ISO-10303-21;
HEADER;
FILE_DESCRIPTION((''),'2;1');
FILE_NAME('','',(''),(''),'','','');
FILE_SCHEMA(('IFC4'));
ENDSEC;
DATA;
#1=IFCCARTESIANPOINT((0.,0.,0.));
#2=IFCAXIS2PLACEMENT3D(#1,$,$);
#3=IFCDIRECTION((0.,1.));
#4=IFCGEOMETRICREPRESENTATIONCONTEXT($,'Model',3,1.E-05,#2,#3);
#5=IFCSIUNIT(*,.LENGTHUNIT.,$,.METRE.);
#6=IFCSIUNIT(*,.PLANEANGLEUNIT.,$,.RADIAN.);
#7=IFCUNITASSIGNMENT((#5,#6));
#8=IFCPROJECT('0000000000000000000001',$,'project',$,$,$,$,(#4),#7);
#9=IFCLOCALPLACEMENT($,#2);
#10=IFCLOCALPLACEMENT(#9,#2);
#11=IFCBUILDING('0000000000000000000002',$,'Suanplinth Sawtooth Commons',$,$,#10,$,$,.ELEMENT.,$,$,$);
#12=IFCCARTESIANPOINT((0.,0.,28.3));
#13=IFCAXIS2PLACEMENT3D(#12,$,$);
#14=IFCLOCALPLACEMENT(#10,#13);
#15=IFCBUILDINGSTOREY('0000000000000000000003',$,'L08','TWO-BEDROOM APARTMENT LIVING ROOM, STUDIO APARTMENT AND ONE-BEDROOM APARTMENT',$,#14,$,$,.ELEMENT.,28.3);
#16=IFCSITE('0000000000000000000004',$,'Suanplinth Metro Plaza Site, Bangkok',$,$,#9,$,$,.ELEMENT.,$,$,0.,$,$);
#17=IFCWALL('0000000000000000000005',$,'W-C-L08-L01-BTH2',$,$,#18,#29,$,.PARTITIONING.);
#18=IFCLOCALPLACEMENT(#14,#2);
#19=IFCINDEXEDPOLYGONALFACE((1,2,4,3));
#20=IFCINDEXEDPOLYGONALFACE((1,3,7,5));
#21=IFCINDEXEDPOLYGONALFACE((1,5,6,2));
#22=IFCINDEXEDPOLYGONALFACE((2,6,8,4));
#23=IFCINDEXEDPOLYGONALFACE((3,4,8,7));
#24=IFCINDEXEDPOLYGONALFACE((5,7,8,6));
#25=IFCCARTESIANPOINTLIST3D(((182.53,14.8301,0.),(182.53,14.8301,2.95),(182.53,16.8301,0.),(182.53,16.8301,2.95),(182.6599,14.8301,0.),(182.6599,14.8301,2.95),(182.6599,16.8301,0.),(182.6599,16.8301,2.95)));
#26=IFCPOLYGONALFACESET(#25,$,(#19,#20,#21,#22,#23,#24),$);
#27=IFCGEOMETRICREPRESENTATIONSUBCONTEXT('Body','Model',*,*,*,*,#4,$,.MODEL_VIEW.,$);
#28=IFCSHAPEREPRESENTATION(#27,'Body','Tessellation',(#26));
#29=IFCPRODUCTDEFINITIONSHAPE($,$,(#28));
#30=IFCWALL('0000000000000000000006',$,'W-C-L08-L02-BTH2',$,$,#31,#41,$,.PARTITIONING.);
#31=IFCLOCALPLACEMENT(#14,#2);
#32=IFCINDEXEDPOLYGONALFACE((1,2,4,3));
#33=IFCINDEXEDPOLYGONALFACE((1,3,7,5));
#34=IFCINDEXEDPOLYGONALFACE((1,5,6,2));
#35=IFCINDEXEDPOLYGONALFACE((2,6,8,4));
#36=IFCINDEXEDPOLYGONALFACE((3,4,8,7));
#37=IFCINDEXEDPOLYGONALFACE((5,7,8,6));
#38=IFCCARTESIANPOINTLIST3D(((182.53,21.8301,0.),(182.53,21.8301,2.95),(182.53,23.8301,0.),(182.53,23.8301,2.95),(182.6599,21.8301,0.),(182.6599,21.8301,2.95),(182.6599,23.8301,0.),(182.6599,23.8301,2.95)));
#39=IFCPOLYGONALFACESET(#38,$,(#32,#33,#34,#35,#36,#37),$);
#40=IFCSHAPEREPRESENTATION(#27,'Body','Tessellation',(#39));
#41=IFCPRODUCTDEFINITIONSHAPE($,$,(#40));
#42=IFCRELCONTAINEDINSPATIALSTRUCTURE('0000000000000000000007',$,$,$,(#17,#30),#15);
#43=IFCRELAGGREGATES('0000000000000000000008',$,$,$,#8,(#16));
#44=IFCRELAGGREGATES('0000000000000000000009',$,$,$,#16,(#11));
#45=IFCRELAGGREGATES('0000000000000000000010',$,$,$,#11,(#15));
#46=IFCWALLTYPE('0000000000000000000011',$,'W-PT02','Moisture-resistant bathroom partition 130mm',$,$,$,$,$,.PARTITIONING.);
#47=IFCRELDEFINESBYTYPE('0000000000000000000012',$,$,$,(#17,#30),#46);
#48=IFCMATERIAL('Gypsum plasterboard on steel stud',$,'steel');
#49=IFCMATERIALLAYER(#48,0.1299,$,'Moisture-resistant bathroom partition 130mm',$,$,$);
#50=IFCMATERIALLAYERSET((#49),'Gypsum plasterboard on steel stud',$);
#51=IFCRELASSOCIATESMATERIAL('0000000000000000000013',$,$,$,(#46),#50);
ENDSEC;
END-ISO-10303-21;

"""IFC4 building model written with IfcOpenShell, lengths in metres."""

from ifc_helpers import new_model, si_unit, direction, frame, frame_2d, origin, place, context, subcontext, project, spatial, rectangle, extrude, material, layer, layer_set, type_object, element, save


model = new_model("IFC4")

# Units and contexts
model_context = context("Model", 3, precision=1e-05, world=origin(), true_north=direction((0.0, 1.0)))
body_context = subcontext(model_context, "Body", "Model", "MODEL_VIEW")
ifc_project = project(units=[si_unit("LENGTHUNIT", "METRE"), si_unit("PLANEANGLEUNIT", "RADIAN")], contexts=[model_context])

# Site, building, storey
site_placement = place(None, origin())
site = spatial("IfcSite", under=ifc_project, at=site_placement, Name="Suanplinth Metro Plaza Site, Bangkok", CompositionType="ELEMENT", RefElevation=0.0)
building_placement = place(site_placement, origin())
building = spatial("IfcBuilding", under=site, at=building_placement, Name="Suanplinth Sawtooth Commons", CompositionType="ELEMENT")
storey_placement = place(building_placement, frame((0.0, 0.0, 28.3)))
storey = spatial("IfcBuildingStorey", under=building, at=storey_placement, Name="L08", Description="TWO-BEDROOM APARTMENT LIVING ROOM, STUDIO APARTMENT AND ONE-BEDROOM APARTMENT", CompositionType="ELEMENT", Elevation=28.3)

# Shared definitions
ifc_material_1 = material(Name="Gypsum plasterboard on steel stud", Category="steel")
ifc_layer_1 = layer(ifc_material_1, 0.1299, Name="Moisture-resistant bathroom partition 130mm")
ifc_layer_set_1 = layer_set([ifc_layer_1], Name="Gypsum plasterboard on steel stud")
wall_type_1 = type_object("IfcWallType", Name="W-PT02", Description="Moisture-resistant bathroom partition 130mm", PredefinedType="PARTITIONING", material=ifc_layer_set_1)

# Walls
for number, where, z_axis, x_axis, name in (
    (1, (182.595, 14.8301, 0.0), (0.0, 0.0, 1.0), (0.0, 1.0, 0.0), "W-C-L08-L01-BTH2"),
    (2, (182.595, 21.8301, 0.0), (0.0, 0.0, 1.0), (0.0, 1.0, 0.0), "W-C-L08-L02-BTH2"),
):
    element("IfcWall", number, at=place(storey_placement, frame(where, z_axis=z_axis, x_axis=x_axis)), inside=storey, type_object=wall_type_1, Name=name, PredefinedType="PARTITIONING", context=body_context, shape_type="SweptSolid", body=[
        extrude(rectangle(XDim=2.0, YDim=0.1299, at=frame_2d((1.0, 0.0))), origin(), (0.0, 0.0, 1.0), 2.95),
    ])

save(model, "model.ifc")
